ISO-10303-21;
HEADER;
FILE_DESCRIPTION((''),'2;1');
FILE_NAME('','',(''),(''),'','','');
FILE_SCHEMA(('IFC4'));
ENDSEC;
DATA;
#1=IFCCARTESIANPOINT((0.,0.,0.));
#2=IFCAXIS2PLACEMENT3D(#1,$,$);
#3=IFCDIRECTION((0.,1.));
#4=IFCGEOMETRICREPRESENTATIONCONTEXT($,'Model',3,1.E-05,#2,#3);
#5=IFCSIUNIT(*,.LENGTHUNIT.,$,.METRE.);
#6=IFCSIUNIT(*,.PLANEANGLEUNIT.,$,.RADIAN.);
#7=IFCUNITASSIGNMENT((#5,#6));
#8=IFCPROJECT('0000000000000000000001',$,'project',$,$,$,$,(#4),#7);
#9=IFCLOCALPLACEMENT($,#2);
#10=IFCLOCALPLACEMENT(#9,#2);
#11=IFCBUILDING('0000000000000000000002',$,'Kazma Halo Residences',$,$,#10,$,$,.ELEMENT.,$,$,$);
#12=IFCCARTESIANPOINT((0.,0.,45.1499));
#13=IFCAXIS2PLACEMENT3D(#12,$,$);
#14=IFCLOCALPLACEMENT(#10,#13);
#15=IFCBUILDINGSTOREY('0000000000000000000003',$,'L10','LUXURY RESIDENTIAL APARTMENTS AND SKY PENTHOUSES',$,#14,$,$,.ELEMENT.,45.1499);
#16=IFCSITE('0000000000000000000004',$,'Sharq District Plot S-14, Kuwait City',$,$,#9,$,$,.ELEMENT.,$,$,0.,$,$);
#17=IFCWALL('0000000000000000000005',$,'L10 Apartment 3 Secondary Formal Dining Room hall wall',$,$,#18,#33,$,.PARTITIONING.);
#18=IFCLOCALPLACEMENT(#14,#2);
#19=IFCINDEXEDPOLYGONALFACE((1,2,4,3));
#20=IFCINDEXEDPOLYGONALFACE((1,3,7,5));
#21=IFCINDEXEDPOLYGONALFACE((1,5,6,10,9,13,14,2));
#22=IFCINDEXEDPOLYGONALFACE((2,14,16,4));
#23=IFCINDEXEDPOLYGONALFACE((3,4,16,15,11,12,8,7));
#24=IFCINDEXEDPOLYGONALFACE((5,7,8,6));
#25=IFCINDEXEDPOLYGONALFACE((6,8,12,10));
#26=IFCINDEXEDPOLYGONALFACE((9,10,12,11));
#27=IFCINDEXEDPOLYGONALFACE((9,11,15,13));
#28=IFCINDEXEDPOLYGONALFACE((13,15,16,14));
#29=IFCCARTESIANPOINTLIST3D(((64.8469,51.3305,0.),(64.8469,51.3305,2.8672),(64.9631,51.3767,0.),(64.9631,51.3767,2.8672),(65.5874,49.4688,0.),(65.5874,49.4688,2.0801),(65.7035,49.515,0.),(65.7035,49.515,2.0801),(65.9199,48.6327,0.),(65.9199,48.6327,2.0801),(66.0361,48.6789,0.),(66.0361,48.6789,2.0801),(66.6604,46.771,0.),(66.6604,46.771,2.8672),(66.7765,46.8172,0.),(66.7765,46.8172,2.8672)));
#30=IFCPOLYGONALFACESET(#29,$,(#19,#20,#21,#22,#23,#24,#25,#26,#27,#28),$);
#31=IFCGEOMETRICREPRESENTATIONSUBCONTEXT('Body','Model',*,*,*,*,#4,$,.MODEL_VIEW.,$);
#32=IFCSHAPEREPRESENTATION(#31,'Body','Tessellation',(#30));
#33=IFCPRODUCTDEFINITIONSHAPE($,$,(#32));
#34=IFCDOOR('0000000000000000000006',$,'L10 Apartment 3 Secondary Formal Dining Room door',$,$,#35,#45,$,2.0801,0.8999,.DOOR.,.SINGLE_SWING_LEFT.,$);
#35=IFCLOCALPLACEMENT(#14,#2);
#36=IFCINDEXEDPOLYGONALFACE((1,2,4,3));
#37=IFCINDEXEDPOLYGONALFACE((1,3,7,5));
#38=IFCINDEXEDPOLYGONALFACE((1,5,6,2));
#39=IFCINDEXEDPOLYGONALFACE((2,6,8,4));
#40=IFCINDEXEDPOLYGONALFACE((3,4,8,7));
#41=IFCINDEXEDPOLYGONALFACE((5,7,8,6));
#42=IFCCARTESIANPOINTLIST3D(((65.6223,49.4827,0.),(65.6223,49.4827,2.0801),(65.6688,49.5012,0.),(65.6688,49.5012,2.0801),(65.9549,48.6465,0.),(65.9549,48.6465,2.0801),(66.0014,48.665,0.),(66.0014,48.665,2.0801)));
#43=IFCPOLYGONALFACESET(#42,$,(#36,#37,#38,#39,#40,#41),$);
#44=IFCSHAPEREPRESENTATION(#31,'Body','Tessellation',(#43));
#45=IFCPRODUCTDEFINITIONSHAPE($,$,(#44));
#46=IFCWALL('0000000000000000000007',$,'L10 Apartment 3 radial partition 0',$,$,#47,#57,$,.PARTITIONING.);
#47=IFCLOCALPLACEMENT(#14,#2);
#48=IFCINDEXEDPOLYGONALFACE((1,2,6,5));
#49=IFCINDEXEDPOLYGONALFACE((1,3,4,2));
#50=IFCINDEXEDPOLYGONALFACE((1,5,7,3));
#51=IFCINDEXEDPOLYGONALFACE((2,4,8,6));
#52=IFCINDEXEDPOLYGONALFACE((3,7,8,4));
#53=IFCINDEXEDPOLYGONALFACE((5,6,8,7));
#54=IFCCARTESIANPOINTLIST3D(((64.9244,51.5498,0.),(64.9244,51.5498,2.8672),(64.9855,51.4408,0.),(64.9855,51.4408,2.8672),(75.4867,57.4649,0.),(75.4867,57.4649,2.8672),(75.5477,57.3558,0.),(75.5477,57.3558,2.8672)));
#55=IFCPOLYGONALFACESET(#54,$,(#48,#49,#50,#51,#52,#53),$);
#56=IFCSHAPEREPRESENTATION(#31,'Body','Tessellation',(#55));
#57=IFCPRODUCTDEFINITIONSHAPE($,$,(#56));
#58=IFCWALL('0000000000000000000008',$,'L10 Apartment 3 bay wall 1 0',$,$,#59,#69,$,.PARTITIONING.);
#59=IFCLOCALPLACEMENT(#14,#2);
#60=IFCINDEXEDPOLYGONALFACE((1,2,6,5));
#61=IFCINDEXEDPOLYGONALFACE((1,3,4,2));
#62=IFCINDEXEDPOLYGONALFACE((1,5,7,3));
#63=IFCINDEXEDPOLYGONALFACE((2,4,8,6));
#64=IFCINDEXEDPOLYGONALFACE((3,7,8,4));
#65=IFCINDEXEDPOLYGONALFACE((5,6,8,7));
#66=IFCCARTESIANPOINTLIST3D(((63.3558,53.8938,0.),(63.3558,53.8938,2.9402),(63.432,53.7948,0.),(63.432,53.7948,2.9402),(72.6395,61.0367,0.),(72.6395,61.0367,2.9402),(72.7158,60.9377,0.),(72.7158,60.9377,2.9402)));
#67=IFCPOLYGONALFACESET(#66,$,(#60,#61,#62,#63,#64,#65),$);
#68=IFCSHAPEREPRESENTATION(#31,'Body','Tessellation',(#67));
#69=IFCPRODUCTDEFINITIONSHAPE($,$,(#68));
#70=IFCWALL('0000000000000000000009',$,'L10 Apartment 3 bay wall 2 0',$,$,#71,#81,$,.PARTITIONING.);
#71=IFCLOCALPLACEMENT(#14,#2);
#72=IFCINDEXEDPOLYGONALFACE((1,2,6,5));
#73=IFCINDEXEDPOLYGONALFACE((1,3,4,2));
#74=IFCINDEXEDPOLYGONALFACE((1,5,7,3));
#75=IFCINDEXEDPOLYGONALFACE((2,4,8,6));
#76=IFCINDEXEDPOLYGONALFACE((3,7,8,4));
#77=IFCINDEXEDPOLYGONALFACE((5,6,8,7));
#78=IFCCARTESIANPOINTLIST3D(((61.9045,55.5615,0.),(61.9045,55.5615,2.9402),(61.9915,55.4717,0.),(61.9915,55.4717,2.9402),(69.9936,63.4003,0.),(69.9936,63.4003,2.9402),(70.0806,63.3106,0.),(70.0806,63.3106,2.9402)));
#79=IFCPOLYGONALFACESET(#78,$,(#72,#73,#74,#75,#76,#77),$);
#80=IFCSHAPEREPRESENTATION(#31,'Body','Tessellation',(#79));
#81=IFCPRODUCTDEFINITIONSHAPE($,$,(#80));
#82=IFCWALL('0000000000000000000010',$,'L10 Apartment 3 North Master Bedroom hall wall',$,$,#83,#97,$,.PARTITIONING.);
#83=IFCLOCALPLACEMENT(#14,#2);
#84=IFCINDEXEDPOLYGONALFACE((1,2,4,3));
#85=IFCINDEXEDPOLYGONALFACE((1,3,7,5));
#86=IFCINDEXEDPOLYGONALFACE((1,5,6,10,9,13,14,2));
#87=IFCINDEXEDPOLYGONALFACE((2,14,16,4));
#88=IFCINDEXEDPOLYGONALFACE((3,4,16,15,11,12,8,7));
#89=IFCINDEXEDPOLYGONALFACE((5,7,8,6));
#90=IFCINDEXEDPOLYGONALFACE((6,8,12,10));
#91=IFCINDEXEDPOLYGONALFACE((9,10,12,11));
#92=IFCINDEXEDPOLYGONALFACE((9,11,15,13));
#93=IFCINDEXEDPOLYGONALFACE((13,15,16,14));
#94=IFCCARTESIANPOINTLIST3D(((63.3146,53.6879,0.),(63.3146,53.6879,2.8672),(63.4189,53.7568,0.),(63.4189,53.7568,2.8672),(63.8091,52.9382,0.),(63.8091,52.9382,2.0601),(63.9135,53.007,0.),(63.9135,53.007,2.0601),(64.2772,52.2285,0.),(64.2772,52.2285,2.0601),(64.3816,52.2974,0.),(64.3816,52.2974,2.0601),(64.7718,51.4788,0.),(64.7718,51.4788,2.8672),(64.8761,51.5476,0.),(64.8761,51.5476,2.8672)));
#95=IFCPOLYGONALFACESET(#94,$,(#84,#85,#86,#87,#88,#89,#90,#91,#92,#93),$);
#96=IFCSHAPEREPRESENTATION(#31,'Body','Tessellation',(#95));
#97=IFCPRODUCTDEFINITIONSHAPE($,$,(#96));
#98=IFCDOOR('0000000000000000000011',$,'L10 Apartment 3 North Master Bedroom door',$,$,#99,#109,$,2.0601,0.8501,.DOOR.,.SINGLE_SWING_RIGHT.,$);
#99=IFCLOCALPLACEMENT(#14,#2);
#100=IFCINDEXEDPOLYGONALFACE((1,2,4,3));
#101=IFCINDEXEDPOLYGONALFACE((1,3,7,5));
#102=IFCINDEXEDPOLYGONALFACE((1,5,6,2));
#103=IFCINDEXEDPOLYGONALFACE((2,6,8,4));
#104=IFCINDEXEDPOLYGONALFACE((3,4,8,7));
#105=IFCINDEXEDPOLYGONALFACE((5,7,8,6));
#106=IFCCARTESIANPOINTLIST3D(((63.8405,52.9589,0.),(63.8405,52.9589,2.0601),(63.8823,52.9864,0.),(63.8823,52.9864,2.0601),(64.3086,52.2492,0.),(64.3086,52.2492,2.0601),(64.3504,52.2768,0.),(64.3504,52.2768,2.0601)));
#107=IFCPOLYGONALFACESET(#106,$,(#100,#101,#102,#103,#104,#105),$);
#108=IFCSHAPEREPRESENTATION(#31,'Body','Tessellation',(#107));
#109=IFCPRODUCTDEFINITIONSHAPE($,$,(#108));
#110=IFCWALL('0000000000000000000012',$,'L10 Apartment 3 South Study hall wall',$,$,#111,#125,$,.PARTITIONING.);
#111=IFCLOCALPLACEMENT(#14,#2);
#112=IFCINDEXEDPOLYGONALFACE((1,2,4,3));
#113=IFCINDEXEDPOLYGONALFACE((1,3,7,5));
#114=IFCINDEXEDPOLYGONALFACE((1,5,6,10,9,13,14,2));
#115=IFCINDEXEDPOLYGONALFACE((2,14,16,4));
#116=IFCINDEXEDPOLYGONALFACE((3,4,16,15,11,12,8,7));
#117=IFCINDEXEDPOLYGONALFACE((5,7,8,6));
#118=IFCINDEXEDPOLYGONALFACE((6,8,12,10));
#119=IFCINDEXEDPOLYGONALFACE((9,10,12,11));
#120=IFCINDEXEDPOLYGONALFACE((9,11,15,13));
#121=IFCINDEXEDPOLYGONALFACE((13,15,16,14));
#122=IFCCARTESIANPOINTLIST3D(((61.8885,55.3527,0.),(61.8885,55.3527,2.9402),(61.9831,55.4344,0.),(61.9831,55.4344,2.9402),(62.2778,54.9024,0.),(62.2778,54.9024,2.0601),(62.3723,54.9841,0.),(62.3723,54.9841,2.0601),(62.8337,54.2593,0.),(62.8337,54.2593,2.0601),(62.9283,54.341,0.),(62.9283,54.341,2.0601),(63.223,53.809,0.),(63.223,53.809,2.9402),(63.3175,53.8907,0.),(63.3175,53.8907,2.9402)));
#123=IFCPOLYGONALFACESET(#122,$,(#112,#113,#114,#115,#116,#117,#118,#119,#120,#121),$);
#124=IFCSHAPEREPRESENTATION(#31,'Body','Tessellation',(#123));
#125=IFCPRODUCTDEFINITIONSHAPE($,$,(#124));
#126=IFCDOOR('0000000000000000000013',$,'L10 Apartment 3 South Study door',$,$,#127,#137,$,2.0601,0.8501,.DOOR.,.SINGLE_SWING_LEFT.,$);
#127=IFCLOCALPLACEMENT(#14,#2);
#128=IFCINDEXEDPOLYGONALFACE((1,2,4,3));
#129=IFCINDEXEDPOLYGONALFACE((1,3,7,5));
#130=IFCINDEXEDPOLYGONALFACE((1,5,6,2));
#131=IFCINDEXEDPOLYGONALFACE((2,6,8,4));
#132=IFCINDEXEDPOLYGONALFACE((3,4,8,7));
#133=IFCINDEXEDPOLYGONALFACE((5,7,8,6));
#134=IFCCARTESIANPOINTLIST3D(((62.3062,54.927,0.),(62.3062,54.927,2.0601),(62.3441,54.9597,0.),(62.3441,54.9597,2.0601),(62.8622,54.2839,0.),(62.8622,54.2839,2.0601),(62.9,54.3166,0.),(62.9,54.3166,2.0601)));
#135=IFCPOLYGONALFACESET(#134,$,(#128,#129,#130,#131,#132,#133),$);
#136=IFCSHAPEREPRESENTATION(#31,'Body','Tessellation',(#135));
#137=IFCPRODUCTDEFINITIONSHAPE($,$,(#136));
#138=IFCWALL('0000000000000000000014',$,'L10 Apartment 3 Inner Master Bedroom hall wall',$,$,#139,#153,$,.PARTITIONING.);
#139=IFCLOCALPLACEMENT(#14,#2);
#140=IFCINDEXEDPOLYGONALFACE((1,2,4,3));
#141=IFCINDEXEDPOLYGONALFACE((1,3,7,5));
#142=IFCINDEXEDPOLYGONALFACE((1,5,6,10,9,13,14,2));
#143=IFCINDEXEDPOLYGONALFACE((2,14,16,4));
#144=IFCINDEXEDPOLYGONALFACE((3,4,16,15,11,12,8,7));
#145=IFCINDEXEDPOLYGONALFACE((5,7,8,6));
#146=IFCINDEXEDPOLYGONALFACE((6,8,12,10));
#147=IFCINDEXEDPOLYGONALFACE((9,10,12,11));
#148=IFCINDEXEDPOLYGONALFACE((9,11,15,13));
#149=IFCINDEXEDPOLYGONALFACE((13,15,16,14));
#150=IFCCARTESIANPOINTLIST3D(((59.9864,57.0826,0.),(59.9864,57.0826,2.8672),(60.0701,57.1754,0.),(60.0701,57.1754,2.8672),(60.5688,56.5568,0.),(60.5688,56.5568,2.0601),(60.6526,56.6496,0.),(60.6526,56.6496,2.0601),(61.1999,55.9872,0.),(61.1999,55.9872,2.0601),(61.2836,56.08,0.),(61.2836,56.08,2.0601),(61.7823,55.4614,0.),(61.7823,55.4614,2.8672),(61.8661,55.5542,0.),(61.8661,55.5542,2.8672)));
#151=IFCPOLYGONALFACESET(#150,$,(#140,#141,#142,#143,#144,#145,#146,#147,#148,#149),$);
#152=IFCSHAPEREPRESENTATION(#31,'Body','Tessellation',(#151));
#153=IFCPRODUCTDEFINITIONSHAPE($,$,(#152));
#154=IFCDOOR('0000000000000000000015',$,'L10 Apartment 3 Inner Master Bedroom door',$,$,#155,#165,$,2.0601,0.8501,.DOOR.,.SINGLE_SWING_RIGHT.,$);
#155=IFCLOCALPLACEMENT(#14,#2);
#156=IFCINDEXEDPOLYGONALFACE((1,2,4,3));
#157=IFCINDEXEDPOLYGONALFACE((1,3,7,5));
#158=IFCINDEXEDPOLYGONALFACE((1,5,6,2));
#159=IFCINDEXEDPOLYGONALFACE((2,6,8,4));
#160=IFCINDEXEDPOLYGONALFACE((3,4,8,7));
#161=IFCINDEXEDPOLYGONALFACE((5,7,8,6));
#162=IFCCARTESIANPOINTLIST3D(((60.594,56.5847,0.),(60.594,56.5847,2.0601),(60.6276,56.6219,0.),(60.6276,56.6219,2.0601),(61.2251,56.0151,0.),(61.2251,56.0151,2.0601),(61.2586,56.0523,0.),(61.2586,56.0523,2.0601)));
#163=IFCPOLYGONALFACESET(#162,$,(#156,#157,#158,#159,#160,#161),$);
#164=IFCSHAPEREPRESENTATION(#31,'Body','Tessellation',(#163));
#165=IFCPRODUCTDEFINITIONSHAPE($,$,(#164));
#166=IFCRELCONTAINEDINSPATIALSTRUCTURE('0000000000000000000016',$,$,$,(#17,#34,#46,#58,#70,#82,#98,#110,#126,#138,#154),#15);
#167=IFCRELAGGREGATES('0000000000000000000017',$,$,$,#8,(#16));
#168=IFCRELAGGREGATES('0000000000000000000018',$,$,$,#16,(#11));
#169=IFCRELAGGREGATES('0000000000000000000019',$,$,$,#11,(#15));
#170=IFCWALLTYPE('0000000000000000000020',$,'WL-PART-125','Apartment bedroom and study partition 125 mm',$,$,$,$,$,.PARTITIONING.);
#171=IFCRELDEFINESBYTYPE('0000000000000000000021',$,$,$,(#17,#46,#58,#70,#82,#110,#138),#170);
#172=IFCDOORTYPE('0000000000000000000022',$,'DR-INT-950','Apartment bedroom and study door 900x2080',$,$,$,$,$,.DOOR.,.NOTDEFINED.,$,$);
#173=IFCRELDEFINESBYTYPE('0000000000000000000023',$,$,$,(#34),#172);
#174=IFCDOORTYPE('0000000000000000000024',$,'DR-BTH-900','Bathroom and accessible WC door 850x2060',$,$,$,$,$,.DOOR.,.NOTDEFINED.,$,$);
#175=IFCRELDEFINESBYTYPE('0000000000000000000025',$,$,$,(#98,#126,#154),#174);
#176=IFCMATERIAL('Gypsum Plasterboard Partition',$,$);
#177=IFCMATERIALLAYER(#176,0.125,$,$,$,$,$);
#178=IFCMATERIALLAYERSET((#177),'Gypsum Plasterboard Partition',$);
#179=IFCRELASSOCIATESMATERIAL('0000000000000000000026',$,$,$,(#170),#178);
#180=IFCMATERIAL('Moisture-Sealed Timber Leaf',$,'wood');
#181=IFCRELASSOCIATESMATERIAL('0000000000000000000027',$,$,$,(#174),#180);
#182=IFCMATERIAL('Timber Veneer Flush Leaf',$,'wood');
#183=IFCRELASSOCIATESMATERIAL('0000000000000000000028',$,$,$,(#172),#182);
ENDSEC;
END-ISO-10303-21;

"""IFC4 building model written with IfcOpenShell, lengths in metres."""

from ifc_helpers import new_model, si_unit, direction, frame, frame_2d, origin, place, context, subcontext, project, spatial, rectangle, extrude, material, layer, layer_set, type_object, element, fill, save


model = new_model("IFC4")

# Units and contexts
model_context = context("Model", 3, precision=1e-05, world=origin(), true_north=direction((0.0, 1.0)))
body_context = subcontext(model_context, "Body", "Model", "MODEL_VIEW")
ifc_project = project(units=[si_unit("LENGTHUNIT", "METRE"), si_unit("PLANEANGLEUNIT", "RADIAN")], contexts=[model_context])

# Site, building, storey
site_placement = place(None, origin())
site = spatial("IfcSite", under=ifc_project, at=site_placement, Name="Sharq District Plot S-14, Kuwait City", CompositionType="ELEMENT", RefElevation=0.0)
building_placement = place(site_placement, origin())
building = spatial("IfcBuilding", under=site, at=building_placement, Name="Kazma Halo Residences", CompositionType="ELEMENT")
storey_placement = place(building_placement, frame((0.0, 0.0, 45.1499)))
storey = spatial("IfcBuildingStorey", under=building, at=storey_placement, Name="L10", Description="LUXURY RESIDENTIAL APARTMENTS AND SKY PENTHOUSES", CompositionType="ELEMENT", Elevation=45.1499)

# Shared definitions
ifc_material_1 = material(Name="Gypsum Plasterboard Partition")
ifc_layer_1 = layer(ifc_material_1, 0.125)
ifc_layer_set_1 = layer_set([ifc_layer_1], Name="Gypsum Plasterboard Partition")
wall_type_1 = type_object("IfcWallType", Name="WL-PART-125", Description="Apartment bedroom and study partition 125 mm", PredefinedType="PARTITIONING", material=ifc_layer_set_1)

# Wall, opening, door
ifc_material_2 = material(Name="Moisture-Sealed Timber Leaf", Category="wood")
door_type_1 = type_object("IfcDoorType", Name="DR-BTH-900", Description="Bathroom and accessible WC door 850x2060", OperationType="NOTDEFINED", PredefinedType="DOOR", material=ifc_material_2)
wall_1_placement = place(storey_placement, frame((66.7185, 46.7939, 0.0), z_axis=(0.0, 0.0, 1.0), x_axis=(-0.369571, 0.929202, 0.0)))
wall_1 = element("IfcWall", 1, at=wall_1_placement, inside=storey, type_object=wall_type_1, Name="L10 Apartment 3 Secondary Formal Dining Room hall wall", PredefinedType="PARTITIONING", context=body_context, shape_type="SweptSolid", body=[
    extrude(rectangle(XDim=4.907, YDim=0.125, at=frame_2d((2.4536, 0.0))), origin(), (0.0, 0.0, 1.0), 2.8672),
])
opening_1_placement = place(wall_1_placement, frame((2.0037, 0.0, 0.0)))
opening_1 = element("IfcOpeningElement", 2, at=opening_1_placement, cuts=wall_1, PredefinedType="OPENING", context=body_context, shape_type="SweptSolid", body=[
    extrude(rectangle(XDim=0.8999, YDim=2.0801, at=frame_2d((0.45, 1.04))), frame((0.0, 0.0725, 0.0), z_axis=(0.0, -1.0, 0.0), x_axis=(1.0, 0.0, 0.0)), (0.0, 0.0, 1.0), 0.145),
])
ifc_material_3 = material(Name="Timber Veneer Flush Leaf", Category="wood")
door_type_2 = type_object("IfcDoorType", Name="DR-INT-950", Description="Apartment bedroom and study door 900x2080", OperationType="NOTDEFINED", PredefinedType="DOOR", material=ifc_material_3)
door_1_placement = place(opening_1_placement, origin())
door_1 = element("IfcDoor", 3, at=door_1_placement, inside=storey, type_object=door_type_2, Name="L10 Apartment 3 Secondary Formal Dining Room door", OperationType="SINGLE_SWING_LEFT", OverallHeight=2.0801, OverallWidth=0.8999, PredefinedType="DOOR", context=body_context, shape_type="SweptSolid", body=[
    extrude(rectangle(XDim=0.8999, YDim=2.0801, at=frame_2d((0.45, 1.04))), frame((0.0, 0.0249, 0.0), z_axis=(0.0, -1.0, 0.0), x_axis=(1.0, 0.0, 0.0)), (0.0, 0.0, 1.0), 0.05),
])
fill(opening_1, door_1)

# Walls
wall_2_placement = place(storey_placement, frame((64.9551, 51.4954, 0.0), z_axis=(0.0, 0.0, 1.0), x_axis=(0.8725, 0.488614, 0.0)))
element("IfcWall", 4, at=wall_2_placement, inside=storey, type_object=wall_type_1, Name="L10 Apartment 3 radial partition 0", PredefinedType="PARTITIONING", context=body_context, shape_type="SweptSolid", body=[
    extrude(rectangle(XDim=12.1057, YDim=0.125, at=frame_2d((6.0527, 0.0))), origin(), (0.0, 0.0, 1.0), 2.8672),
])
wall_3_placement = place(storey_placement, frame((63.3938, 53.8442, 0.0), z_axis=(0.0, 0.0, 1.0), x_axis=(0.792561, 0.609792, 0.0)))
element("IfcWall", 5, at=wall_3_placement, inside=storey, type_object=wall_type_1, Name="L10 Apartment 3 bay wall 1 0", PredefinedType="PARTITIONING", context=body_context, shape_type="SweptSolid", body=[
    extrude(rectangle(XDim=11.7136, YDim=0.125, at=frame_2d((5.8569, 0.0))), origin(), (0.0, 0.0, 1.0), 2.9402),
])
wall_4_placement = place(storey_placement, frame((61.948, 55.5166, 0.0), z_axis=(0.0, 0.0, 1.0), x_axis=(0.718127, 0.695912, 0.0)))
element("IfcWall", 6, at=wall_4_placement, inside=storey, type_object=wall_type_1, Name="L10 Apartment 3 bay wall 2 0", PredefinedType="PARTITIONING", context=body_context, shape_type="SweptSolid", body=[
    extrude(rectangle(XDim=11.2642, YDim=0.125, at=frame_2d((5.6321, 0.0))), origin(), (0.0, 0.0, 1.0), 2.9402),
])

# Walls, openings, doors
wall_5_placement = place(storey_placement, frame((64.824, 51.5132, 0.0), z_axis=(0.0, 0.0, 1.0), x_axis=(-0.550628, 0.834751, 0.0)))
wall_5 = element("IfcWall", 7, at=wall_5_placement, inside=storey, type_object=wall_type_1, Name="L10 Apartment 3 North Master Bedroom hall wall", PredefinedType="PARTITIONING", context=body_context, shape_type="SweptSolid", body=[
    extrude(rectangle(XDim=2.6465, YDim=0.125, at=frame_2d((1.3232, 0.0))), origin(), (0.0, 0.0, 1.0), 2.8672),
])
opening_2_placement = place(wall_5_placement, frame((0.8982, 0.0, 0.0)))
opening_2 = element("IfcOpeningElement", 8, at=opening_2_placement, cuts=wall_5, PredefinedType="OPENING", context=body_context, shape_type="SweptSolid", body=[
    extrude(rectangle(XDim=0.8501, YDim=2.0601, at=frame_2d((0.425, 1.03))), frame((0.0, 0.0725, 0.0), z_axis=(0.0, -1.0, 0.0), x_axis=(1.0, 0.0, 0.0)), (0.0, 0.0, 1.0), 0.145),
])
door_2_placement = place(opening_2_placement, origin())
door_2 = element("IfcDoor", 9, at=door_2_placement, inside=storey, type_object=door_type_1, Name="L10 Apartment 3 North Master Bedroom door", OperationType="SINGLE_SWING_RIGHT", OverallHeight=2.0601, OverallWidth=0.8501, PredefinedType="DOOR", context=body_context, shape_type="SweptSolid", body=[
    extrude(rectangle(XDim=0.8501, YDim=2.0601, at=frame_2d((0.425, 1.03))), frame((0.0, 0.0249, 0.0), z_axis=(0.0, -1.0, 0.0), x_axis=(1.0, 0.0, 0.0)), (0.0, 0.0, 1.0), 0.05),
])
fill(opening_2, door_2)
wall_6_placement = place(storey_placement, frame((63.2703, 53.8499, 0.0), z_axis=(0.0, 0.0, 1.0), x_axis=(-0.653978, 0.756514, 0.0)))
wall_6 = element("IfcWall", 10, at=wall_6_placement, inside=storey, type_object=wall_type_1, Name="L10 Apartment 3 South Study hall wall", PredefinedType="PARTITIONING", context=body_context, shape_type="SweptSolid", body=[
    extrude(rectangle(XDim=2.0405, YDim=0.125, at=frame_2d((1.0203, 0.0))), origin(), (0.0, 0.0, 1.0), 2.9402),
])
opening_3_placement = place(wall_6_placement, frame((0.5952, 0.0, 0.0)))
opening_3 = element("IfcOpeningElement", 11, at=opening_3_placement, cuts=wall_6, PredefinedType="OPENING", context=body_context, shape_type="SweptSolid", body=[
    extrude(rectangle(XDim=0.8501, YDim=2.0601, at=frame_2d((0.425, 1.03))), frame((0.0, 0.0725, 0.0), z_axis=(0.0, -1.0, 0.0), x_axis=(1.0, 0.0, 0.0)), (0.0, 0.0, 1.0), 0.145),
])
door_3_placement = place(opening_3_placement, origin())
door_3 = element("IfcDoor", 12, at=door_3_placement, inside=storey, type_object=door_type_1, Name="L10 Apartment 3 South Study door", OperationType="SINGLE_SWING_LEFT", OverallHeight=2.0601, OverallWidth=0.8501, PredefinedType="DOOR", context=body_context, shape_type="SweptSolid", body=[
    extrude(rectangle(XDim=0.8501, YDim=2.0601, at=frame_2d((0.425, 1.03))), frame((0.0, 0.0249, 0.0), z_axis=(0.0, -1.0, 0.0), x_axis=(1.0, 0.0, 0.0)), (0.0, 0.0, 1.0), 0.05),
])
fill(opening_3, door_3)
wall_7_placement = place(storey_placement, frame((61.8242, 55.5078, 0.0), z_axis=(0.0, 0.0, 1.0), x_axis=(-0.74231, 0.670057, 0.0)))
wall_7 = element("IfcWall", 13, at=wall_7_placement, inside=storey, type_object=wall_type_1, Name="L10 Apartment 3 Inner Master Bedroom hall wall", PredefinedType="PARTITIONING", context=body_context, shape_type="SweptSolid", body=[
    extrude(rectangle(XDim=2.4194, YDim=0.125, at=frame_2d((1.2097, 0.0))), origin(), (0.0, 0.0, 1.0), 2.8672),
])
opening_4_placement = place(wall_7_placement, frame((0.7847, 0.0, 0.0)))
opening_4 = element("IfcOpeningElement", 14, at=opening_4_placement, cuts=wall_7, PredefinedType="OPENING", context=body_context, shape_type="SweptSolid", body=[
    extrude(rectangle(XDim=0.8501, YDim=2.0601, at=frame_2d((0.425, 1.03))), frame((0.0, 0.0725, 0.0), z_axis=(0.0, -1.0, 0.0), x_axis=(1.0, 0.0, 0.0)), (0.0, 0.0, 1.0), 0.145),
])
door_4_placement = place(opening_4_placement, origin())
door_4 = element("IfcDoor", 15, at=door_4_placement, inside=storey, type_object=door_type_1, Name="L10 Apartment 3 Inner Master Bedroom door", OperationType="SINGLE_SWING_RIGHT", OverallHeight=2.0601, OverallWidth=0.8501, PredefinedType="DOOR", context=body_context, shape_type="SweptSolid", body=[
    extrude(rectangle(XDim=0.8501, YDim=2.0601, at=frame_2d((0.425, 1.03))), frame((0.0, 0.0249, 0.0), z_axis=(0.0, -1.0, 0.0), x_axis=(1.0, 0.0, 0.0)), (0.0, 0.0, 1.0), 0.05),
])
fill(opening_4, door_4)

save(model, "model.ifc")
